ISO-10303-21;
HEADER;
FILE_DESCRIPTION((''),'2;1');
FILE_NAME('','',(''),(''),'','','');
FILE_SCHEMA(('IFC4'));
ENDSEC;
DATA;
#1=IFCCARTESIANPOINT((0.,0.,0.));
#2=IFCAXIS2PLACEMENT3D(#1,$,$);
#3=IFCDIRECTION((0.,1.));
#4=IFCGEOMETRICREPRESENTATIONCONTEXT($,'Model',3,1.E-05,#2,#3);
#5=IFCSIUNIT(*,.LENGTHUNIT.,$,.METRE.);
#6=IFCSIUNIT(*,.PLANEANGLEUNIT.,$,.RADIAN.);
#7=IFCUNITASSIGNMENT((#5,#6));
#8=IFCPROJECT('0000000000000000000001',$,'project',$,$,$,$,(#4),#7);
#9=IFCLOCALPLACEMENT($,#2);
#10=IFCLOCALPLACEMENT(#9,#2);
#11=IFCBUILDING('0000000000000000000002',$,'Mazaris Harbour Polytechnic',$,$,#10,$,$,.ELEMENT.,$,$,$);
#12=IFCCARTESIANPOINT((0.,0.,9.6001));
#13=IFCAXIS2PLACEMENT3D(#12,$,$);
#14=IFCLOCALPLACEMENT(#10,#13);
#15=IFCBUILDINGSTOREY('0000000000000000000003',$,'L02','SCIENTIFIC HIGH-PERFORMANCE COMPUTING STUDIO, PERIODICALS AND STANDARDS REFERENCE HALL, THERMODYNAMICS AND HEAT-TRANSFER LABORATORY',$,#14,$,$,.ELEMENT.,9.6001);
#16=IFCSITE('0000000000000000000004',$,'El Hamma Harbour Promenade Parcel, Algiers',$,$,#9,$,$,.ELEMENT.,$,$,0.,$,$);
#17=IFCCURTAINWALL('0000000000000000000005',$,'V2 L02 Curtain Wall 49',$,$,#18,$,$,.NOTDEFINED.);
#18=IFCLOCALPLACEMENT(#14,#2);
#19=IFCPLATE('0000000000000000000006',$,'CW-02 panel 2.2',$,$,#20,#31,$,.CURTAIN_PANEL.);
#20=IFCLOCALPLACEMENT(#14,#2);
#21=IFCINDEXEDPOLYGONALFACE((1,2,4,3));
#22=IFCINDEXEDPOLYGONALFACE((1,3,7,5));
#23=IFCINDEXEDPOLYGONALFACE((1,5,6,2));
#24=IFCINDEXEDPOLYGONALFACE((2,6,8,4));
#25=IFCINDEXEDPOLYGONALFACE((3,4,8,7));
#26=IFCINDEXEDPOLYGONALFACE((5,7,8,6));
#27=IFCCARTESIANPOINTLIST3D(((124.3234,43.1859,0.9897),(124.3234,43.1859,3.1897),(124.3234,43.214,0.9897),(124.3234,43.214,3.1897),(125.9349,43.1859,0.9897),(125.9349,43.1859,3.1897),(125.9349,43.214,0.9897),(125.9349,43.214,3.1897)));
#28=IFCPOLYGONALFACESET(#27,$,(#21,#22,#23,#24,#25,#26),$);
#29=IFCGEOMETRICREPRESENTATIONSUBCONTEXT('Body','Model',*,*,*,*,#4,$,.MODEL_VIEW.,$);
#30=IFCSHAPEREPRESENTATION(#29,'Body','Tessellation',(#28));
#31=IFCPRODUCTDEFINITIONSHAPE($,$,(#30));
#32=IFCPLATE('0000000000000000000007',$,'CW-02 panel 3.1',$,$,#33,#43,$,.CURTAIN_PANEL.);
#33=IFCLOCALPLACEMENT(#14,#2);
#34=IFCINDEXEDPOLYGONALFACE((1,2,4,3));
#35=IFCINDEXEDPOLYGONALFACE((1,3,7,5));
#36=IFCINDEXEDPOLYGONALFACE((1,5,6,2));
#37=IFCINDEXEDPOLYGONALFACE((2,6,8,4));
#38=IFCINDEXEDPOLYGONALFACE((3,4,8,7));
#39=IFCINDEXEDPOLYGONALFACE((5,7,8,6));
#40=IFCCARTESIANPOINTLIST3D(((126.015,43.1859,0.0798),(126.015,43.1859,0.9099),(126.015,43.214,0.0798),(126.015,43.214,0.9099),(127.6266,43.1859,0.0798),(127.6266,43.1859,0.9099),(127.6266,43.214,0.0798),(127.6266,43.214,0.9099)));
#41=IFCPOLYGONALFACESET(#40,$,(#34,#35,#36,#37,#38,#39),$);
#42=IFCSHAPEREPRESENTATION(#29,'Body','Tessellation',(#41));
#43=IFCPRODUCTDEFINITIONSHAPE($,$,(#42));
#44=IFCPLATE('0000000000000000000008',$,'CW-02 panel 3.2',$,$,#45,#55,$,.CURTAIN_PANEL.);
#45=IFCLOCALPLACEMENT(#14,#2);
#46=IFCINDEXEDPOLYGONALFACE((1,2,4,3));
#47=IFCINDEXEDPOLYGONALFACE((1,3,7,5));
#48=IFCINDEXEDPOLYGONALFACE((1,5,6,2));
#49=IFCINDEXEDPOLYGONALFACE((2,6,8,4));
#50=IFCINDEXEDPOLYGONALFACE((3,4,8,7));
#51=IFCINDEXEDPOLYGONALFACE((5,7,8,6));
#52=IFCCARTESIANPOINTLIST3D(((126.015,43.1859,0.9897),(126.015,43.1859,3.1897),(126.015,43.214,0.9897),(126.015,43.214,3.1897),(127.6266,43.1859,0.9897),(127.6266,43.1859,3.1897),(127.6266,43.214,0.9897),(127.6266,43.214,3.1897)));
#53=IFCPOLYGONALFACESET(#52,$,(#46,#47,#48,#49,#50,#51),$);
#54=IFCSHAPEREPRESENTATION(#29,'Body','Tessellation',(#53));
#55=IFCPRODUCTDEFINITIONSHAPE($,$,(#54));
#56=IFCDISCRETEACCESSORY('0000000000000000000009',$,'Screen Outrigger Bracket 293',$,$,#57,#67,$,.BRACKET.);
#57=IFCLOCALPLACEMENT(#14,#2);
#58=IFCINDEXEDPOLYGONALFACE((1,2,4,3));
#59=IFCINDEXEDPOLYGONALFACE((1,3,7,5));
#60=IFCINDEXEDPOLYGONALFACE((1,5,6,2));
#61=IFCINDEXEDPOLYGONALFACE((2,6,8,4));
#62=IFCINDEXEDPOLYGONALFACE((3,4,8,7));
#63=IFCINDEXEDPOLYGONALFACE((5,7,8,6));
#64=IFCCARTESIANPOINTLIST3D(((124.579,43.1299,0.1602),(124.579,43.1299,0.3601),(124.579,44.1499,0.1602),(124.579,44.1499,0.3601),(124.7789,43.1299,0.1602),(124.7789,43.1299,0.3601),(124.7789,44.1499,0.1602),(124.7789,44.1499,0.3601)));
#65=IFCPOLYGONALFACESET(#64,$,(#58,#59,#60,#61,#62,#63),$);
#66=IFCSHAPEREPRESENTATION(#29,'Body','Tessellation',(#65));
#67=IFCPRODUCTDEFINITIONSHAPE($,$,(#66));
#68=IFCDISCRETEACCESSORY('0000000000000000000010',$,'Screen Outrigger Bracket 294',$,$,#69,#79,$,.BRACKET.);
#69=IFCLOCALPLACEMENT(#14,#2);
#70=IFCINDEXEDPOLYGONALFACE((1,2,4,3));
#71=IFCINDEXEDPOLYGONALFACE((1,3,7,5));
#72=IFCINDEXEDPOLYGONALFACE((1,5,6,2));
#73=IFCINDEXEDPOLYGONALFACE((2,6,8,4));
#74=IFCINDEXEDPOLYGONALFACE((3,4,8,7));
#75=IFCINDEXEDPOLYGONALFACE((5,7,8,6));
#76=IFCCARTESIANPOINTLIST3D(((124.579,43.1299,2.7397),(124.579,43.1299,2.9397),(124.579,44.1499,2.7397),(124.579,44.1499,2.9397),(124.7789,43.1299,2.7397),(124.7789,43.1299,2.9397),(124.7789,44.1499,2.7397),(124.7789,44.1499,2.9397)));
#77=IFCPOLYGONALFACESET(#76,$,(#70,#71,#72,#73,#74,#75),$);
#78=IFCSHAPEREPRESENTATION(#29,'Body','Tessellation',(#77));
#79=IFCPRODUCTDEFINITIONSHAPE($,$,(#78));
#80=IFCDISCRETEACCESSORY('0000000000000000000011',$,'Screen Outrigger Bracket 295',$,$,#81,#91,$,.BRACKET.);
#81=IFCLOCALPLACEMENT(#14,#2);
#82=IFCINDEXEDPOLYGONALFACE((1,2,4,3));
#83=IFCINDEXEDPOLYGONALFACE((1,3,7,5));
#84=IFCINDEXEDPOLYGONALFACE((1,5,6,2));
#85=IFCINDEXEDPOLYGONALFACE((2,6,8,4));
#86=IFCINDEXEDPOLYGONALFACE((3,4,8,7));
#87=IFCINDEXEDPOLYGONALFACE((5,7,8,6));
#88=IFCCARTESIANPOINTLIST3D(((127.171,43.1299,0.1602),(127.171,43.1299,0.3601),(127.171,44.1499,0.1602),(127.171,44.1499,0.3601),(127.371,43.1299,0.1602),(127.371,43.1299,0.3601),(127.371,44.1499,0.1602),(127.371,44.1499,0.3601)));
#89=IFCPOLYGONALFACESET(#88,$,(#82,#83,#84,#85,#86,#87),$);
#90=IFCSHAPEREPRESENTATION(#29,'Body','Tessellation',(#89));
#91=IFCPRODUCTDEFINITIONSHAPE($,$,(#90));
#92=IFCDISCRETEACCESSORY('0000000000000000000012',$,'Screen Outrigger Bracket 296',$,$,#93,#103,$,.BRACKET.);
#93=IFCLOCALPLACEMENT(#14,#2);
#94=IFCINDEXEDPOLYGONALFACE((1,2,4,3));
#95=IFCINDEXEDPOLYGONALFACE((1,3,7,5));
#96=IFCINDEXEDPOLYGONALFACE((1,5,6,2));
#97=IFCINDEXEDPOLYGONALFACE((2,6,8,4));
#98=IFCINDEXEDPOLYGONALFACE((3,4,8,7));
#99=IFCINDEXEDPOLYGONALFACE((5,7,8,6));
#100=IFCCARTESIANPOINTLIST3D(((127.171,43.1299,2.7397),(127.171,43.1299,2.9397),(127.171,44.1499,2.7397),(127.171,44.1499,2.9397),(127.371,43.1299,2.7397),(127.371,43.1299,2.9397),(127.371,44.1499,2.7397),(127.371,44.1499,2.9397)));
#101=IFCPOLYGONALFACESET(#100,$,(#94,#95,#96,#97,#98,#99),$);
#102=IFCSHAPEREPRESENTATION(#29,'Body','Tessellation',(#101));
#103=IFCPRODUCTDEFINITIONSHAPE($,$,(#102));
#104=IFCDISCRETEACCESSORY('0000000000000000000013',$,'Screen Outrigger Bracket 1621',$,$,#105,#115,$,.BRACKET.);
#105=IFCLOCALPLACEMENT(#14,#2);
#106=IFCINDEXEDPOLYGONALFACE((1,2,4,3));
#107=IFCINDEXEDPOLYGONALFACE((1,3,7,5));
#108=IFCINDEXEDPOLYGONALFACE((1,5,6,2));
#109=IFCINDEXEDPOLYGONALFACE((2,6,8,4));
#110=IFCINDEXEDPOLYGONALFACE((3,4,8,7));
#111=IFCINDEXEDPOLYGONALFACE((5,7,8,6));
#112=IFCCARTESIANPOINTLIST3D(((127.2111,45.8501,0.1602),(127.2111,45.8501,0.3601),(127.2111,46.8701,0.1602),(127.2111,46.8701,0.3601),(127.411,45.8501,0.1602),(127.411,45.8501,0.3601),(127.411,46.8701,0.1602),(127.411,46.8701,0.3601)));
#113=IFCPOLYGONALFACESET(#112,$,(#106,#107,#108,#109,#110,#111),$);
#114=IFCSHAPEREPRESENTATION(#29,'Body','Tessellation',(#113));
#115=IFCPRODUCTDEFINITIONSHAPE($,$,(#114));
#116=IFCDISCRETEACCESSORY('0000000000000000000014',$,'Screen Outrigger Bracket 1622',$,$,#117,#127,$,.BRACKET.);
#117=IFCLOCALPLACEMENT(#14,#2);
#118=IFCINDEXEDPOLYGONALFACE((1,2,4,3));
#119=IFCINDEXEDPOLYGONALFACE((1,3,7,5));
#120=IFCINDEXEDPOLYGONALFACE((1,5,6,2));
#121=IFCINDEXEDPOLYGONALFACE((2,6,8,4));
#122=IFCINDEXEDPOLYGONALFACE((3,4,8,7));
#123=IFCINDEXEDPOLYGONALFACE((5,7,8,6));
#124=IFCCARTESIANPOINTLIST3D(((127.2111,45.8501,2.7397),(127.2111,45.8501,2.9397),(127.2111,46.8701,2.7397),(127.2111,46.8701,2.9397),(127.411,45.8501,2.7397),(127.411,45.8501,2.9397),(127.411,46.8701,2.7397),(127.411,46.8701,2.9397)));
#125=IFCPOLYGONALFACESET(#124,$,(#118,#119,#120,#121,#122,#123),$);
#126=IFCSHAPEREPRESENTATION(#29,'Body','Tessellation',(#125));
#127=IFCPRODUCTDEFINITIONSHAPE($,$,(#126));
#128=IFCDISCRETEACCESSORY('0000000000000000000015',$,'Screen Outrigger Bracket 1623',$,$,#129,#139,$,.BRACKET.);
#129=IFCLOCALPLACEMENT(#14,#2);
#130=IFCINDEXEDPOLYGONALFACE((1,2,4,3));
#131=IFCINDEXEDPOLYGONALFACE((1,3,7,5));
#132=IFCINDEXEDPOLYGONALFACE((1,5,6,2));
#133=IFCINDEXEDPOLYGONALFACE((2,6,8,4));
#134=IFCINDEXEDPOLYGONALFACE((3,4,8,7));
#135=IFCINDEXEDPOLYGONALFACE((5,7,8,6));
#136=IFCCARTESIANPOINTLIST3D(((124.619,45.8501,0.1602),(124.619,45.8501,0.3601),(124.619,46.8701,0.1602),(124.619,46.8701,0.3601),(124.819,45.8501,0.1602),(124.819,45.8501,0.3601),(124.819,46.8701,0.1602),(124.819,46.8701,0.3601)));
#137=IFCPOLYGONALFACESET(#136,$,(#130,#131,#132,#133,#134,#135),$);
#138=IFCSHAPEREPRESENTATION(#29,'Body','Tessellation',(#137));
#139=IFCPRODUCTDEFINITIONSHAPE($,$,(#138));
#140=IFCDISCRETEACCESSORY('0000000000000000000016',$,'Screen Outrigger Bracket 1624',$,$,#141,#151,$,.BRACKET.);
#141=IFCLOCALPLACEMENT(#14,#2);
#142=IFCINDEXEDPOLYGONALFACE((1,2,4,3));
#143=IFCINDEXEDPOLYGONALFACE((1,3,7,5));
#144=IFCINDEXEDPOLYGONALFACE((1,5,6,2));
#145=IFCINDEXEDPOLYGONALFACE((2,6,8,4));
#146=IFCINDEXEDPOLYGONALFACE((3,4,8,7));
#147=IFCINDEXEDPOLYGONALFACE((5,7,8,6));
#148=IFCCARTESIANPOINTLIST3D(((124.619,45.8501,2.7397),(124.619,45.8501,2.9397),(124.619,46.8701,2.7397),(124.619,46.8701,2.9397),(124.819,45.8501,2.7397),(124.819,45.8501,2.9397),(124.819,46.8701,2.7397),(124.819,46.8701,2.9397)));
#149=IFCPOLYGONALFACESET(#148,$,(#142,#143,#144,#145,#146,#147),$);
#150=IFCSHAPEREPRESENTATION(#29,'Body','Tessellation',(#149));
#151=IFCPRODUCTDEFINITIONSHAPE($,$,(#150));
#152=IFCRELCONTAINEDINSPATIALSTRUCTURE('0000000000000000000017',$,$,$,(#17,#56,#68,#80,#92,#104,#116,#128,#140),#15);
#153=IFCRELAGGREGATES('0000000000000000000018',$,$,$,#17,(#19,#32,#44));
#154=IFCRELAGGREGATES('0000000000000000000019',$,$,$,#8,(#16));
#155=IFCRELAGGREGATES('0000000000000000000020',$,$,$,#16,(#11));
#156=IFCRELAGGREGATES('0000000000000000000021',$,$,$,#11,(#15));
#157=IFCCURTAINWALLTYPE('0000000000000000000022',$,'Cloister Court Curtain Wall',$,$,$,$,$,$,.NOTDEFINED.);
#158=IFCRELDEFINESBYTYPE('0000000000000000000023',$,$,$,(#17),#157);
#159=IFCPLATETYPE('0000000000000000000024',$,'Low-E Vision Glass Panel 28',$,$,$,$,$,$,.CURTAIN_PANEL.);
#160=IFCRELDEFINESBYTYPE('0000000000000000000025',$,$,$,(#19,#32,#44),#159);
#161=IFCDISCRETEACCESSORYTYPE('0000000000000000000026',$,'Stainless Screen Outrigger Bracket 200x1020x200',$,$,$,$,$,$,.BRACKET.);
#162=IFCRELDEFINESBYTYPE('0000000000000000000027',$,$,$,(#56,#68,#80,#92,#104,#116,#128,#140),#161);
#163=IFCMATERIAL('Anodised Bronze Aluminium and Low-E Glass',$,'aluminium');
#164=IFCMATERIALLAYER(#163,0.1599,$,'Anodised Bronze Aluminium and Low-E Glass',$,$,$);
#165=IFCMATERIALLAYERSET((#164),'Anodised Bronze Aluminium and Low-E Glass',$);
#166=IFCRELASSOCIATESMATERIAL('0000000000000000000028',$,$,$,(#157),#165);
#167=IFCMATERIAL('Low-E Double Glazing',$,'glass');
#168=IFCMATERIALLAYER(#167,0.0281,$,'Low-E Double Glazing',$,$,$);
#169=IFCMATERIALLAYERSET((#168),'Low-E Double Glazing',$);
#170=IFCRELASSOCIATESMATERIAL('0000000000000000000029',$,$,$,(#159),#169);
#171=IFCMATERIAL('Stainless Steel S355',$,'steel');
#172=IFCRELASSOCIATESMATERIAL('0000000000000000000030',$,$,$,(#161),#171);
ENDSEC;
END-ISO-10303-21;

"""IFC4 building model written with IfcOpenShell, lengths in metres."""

from ifc_helpers import new_model, si_unit, direction, frame, origin, origin_2d, place, context, subcontext, project, spatial, rectangle, extrude, material, layer, layer_set, type_object, element, aggregate, save


model = new_model("IFC4")

# Units and contexts
model_context = context("Model", 3, precision=1e-05, world=origin(), true_north=direction((0.0, 1.0)))
body_context = subcontext(model_context, "Body", "Model", "MODEL_VIEW")
ifc_project = project(units=[si_unit("LENGTHUNIT", "METRE"), si_unit("PLANEANGLEUNIT", "RADIAN")], contexts=[model_context])

# Site, building, storey
site_placement = place(None, origin())
site = spatial("IfcSite", under=ifc_project, at=site_placement, Name="El Hamma Harbour Promenade Parcel, Algiers", CompositionType="ELEMENT", RefElevation=0.0)
building_placement = place(site_placement, origin())
building = spatial("IfcBuilding", under=site, at=building_placement, Name="Mazaris Harbour Polytechnic", CompositionType="ELEMENT")
storey_placement = place(building_placement, frame((0.0, 0.0, 9.6001)))
storey = spatial("IfcBuildingStorey", under=building, at=storey_placement, Name="L02", Description="SCIENTIFIC HIGH-PERFORMANCE COMPUTING STUDIO, PERIODICALS AND STANDARDS REFERENCE HALL, THERMODYNAMICS AND HEAT-TRANSFER LABORATORY", CompositionType="ELEMENT", Elevation=9.6001)

# Curtain wall
ifc_material_1 = material(Name="Anodised Bronze Aluminium and Low-E Glass", Category="aluminium")
ifc_layer_1 = layer(ifc_material_1, 0.1599, Name="Anodised Bronze Aluminium and Low-E Glass")
ifc_layer_set_1 = layer_set([ifc_layer_1], Name="Anodised Bronze Aluminium and Low-E Glass")
curtain_wall_type_1 = type_object("IfcCurtainWallType", Name="Cloister Court Curtain Wall", PredefinedType="NOTDEFINED", material=ifc_layer_set_1)
curtain_wall_1_placement = place(storey_placement, origin())
curtain_wall_1 = element("IfcCurtainWall", 1, at=curtain_wall_1_placement, inside=storey, type_object=curtain_wall_type_1, Name="V2 L02 Curtain Wall 49", PredefinedType="NOTDEFINED")

# Plates
ifc_material_2 = material(Name="Low-E Double Glazing", Category="glass")
ifc_layer_2 = layer(ifc_material_2, 0.0281, Name="Low-E Double Glazing")
ifc_layer_set_2 = layer_set([ifc_layer_2], Name="Low-E Double Glazing")
plate_type = type_object("IfcPlateType", Name="Low-E Vision Glass Panel 28", PredefinedType="CURTAIN_PANEL", material=ifc_layer_set_2)
plate_1_placement = place(storey_placement, frame((125.1292, 43.2, 0.9897), z_axis=(0.0, 0.0, 1.0), x_axis=(1.0, 0.0, 0.0)))
plate_1 = element("IfcPlate", 2, at=plate_1_placement, type_object=plate_type, Name="CW-02 panel 2.2", PredefinedType="CURTAIN_PANEL", context=body_context, shape_type="SweptSolid", body=[
    extrude(rectangle(XDim=1.6116, YDim=0.0281, at=origin_2d()), origin(), (0.0, 0.0, 1.0), 2.2),
])
plate_2_placement = place(storey_placement, frame((126.8208, 43.2, 0.0798), z_axis=(0.0, 0.0, 1.0), x_axis=(1.0, 0.0, 0.0)))
plate_2 = element("IfcPlate", 3, at=plate_2_placement, type_object=plate_type, Name="CW-02 panel 3.1", PredefinedType="CURTAIN_PANEL", context=body_context, shape_type="SweptSolid", body=[
    extrude(rectangle(XDim=1.6116, YDim=0.0281, at=origin_2d()), origin(), (0.0, 0.0, 1.0), 0.8301),
])
plate_3_placement = place(storey_placement, frame((126.8208, 43.2, 0.9897), z_axis=(0.0, 0.0, 1.0), x_axis=(1.0, 0.0, 0.0)))
plate_3 = element("IfcPlate", 4, at=plate_3_placement, type_object=plate_type, Name="CW-02 panel 3.2", PredefinedType="CURTAIN_PANEL", context=body_context, shape_type="SweptSolid", body=[
    extrude(rectangle(XDim=1.6116, YDim=0.0281, at=origin_2d()), origin(), (0.0, 0.0, 1.0), 2.2),
])
aggregate(curtain_wall_1, [plate_1, plate_2, plate_3])

# Discrete accessories
ifc_material_3 = material(Name="Stainless Steel S355", Category="steel")
discrete_accessory_type = type_object("IfcDiscreteAccessoryType", Name="Stainless Screen Outrigger Bracket 200x1020x200", PredefinedType="BRACKET", material=ifc_material_3)
for number, where, z_axis, x_axis, name in (
    (5, (124.679, 43.6399, 0.1602), (0.0, 0.0, 1.0), (1.0, 0.0, 0.0), "Screen Outrigger Bracket 293"),
    (6, (124.679, 43.6399, 2.7397), (0.0, 0.0, 1.0), (1.0, 0.0, 0.0), "Screen Outrigger Bracket 294"),
    (7, (127.271, 43.6399, 0.1602), (0.0, 0.0, 1.0), (1.0, 0.0, 0.0), "Screen Outrigger Bracket 295"),
    (8, (127.271, 43.6399, 2.7397), (0.0, 0.0, 1.0), (1.0, 0.0, 0.0), "Screen Outrigger Bracket 296"),
    (9, (127.311, 46.3601, 0.1602), (0.0, 0.0, 1.0), (-1.0, 0.0, 0.0), "Screen Outrigger Bracket 1621"),
    (10, (127.311, 46.3601, 2.7397), (0.0, 0.0, 1.0), (-1.0, 0.0, 0.0), "Screen Outrigger Bracket 1622"),
    (11, (124.719, 46.3601, 0.1602), (0.0, 0.0, 1.0), (-1.0, 0.0, 0.0), "Screen Outrigger Bracket 1623"),
    (12, (124.719, 46.3601, 2.7397), (0.0, 0.0, 1.0), (-1.0, 0.0, 0.0), "Screen Outrigger Bracket 1624"),
):
    element("IfcDiscreteAccessory", number, at=place(storey_placement, frame(where, z_axis=z_axis, x_axis=x_axis)), inside=storey, type_object=discrete_accessory_type, Name=name, PredefinedType="BRACKET", context=body_context, shape_type="SweptSolid", body=[
        extrude(rectangle(XDim=0.2, YDim=1.02, at=origin_2d()), origin(), (0.0, 0.0, 1.0), 0.2),
    ])

save(model, "model.ifc")
